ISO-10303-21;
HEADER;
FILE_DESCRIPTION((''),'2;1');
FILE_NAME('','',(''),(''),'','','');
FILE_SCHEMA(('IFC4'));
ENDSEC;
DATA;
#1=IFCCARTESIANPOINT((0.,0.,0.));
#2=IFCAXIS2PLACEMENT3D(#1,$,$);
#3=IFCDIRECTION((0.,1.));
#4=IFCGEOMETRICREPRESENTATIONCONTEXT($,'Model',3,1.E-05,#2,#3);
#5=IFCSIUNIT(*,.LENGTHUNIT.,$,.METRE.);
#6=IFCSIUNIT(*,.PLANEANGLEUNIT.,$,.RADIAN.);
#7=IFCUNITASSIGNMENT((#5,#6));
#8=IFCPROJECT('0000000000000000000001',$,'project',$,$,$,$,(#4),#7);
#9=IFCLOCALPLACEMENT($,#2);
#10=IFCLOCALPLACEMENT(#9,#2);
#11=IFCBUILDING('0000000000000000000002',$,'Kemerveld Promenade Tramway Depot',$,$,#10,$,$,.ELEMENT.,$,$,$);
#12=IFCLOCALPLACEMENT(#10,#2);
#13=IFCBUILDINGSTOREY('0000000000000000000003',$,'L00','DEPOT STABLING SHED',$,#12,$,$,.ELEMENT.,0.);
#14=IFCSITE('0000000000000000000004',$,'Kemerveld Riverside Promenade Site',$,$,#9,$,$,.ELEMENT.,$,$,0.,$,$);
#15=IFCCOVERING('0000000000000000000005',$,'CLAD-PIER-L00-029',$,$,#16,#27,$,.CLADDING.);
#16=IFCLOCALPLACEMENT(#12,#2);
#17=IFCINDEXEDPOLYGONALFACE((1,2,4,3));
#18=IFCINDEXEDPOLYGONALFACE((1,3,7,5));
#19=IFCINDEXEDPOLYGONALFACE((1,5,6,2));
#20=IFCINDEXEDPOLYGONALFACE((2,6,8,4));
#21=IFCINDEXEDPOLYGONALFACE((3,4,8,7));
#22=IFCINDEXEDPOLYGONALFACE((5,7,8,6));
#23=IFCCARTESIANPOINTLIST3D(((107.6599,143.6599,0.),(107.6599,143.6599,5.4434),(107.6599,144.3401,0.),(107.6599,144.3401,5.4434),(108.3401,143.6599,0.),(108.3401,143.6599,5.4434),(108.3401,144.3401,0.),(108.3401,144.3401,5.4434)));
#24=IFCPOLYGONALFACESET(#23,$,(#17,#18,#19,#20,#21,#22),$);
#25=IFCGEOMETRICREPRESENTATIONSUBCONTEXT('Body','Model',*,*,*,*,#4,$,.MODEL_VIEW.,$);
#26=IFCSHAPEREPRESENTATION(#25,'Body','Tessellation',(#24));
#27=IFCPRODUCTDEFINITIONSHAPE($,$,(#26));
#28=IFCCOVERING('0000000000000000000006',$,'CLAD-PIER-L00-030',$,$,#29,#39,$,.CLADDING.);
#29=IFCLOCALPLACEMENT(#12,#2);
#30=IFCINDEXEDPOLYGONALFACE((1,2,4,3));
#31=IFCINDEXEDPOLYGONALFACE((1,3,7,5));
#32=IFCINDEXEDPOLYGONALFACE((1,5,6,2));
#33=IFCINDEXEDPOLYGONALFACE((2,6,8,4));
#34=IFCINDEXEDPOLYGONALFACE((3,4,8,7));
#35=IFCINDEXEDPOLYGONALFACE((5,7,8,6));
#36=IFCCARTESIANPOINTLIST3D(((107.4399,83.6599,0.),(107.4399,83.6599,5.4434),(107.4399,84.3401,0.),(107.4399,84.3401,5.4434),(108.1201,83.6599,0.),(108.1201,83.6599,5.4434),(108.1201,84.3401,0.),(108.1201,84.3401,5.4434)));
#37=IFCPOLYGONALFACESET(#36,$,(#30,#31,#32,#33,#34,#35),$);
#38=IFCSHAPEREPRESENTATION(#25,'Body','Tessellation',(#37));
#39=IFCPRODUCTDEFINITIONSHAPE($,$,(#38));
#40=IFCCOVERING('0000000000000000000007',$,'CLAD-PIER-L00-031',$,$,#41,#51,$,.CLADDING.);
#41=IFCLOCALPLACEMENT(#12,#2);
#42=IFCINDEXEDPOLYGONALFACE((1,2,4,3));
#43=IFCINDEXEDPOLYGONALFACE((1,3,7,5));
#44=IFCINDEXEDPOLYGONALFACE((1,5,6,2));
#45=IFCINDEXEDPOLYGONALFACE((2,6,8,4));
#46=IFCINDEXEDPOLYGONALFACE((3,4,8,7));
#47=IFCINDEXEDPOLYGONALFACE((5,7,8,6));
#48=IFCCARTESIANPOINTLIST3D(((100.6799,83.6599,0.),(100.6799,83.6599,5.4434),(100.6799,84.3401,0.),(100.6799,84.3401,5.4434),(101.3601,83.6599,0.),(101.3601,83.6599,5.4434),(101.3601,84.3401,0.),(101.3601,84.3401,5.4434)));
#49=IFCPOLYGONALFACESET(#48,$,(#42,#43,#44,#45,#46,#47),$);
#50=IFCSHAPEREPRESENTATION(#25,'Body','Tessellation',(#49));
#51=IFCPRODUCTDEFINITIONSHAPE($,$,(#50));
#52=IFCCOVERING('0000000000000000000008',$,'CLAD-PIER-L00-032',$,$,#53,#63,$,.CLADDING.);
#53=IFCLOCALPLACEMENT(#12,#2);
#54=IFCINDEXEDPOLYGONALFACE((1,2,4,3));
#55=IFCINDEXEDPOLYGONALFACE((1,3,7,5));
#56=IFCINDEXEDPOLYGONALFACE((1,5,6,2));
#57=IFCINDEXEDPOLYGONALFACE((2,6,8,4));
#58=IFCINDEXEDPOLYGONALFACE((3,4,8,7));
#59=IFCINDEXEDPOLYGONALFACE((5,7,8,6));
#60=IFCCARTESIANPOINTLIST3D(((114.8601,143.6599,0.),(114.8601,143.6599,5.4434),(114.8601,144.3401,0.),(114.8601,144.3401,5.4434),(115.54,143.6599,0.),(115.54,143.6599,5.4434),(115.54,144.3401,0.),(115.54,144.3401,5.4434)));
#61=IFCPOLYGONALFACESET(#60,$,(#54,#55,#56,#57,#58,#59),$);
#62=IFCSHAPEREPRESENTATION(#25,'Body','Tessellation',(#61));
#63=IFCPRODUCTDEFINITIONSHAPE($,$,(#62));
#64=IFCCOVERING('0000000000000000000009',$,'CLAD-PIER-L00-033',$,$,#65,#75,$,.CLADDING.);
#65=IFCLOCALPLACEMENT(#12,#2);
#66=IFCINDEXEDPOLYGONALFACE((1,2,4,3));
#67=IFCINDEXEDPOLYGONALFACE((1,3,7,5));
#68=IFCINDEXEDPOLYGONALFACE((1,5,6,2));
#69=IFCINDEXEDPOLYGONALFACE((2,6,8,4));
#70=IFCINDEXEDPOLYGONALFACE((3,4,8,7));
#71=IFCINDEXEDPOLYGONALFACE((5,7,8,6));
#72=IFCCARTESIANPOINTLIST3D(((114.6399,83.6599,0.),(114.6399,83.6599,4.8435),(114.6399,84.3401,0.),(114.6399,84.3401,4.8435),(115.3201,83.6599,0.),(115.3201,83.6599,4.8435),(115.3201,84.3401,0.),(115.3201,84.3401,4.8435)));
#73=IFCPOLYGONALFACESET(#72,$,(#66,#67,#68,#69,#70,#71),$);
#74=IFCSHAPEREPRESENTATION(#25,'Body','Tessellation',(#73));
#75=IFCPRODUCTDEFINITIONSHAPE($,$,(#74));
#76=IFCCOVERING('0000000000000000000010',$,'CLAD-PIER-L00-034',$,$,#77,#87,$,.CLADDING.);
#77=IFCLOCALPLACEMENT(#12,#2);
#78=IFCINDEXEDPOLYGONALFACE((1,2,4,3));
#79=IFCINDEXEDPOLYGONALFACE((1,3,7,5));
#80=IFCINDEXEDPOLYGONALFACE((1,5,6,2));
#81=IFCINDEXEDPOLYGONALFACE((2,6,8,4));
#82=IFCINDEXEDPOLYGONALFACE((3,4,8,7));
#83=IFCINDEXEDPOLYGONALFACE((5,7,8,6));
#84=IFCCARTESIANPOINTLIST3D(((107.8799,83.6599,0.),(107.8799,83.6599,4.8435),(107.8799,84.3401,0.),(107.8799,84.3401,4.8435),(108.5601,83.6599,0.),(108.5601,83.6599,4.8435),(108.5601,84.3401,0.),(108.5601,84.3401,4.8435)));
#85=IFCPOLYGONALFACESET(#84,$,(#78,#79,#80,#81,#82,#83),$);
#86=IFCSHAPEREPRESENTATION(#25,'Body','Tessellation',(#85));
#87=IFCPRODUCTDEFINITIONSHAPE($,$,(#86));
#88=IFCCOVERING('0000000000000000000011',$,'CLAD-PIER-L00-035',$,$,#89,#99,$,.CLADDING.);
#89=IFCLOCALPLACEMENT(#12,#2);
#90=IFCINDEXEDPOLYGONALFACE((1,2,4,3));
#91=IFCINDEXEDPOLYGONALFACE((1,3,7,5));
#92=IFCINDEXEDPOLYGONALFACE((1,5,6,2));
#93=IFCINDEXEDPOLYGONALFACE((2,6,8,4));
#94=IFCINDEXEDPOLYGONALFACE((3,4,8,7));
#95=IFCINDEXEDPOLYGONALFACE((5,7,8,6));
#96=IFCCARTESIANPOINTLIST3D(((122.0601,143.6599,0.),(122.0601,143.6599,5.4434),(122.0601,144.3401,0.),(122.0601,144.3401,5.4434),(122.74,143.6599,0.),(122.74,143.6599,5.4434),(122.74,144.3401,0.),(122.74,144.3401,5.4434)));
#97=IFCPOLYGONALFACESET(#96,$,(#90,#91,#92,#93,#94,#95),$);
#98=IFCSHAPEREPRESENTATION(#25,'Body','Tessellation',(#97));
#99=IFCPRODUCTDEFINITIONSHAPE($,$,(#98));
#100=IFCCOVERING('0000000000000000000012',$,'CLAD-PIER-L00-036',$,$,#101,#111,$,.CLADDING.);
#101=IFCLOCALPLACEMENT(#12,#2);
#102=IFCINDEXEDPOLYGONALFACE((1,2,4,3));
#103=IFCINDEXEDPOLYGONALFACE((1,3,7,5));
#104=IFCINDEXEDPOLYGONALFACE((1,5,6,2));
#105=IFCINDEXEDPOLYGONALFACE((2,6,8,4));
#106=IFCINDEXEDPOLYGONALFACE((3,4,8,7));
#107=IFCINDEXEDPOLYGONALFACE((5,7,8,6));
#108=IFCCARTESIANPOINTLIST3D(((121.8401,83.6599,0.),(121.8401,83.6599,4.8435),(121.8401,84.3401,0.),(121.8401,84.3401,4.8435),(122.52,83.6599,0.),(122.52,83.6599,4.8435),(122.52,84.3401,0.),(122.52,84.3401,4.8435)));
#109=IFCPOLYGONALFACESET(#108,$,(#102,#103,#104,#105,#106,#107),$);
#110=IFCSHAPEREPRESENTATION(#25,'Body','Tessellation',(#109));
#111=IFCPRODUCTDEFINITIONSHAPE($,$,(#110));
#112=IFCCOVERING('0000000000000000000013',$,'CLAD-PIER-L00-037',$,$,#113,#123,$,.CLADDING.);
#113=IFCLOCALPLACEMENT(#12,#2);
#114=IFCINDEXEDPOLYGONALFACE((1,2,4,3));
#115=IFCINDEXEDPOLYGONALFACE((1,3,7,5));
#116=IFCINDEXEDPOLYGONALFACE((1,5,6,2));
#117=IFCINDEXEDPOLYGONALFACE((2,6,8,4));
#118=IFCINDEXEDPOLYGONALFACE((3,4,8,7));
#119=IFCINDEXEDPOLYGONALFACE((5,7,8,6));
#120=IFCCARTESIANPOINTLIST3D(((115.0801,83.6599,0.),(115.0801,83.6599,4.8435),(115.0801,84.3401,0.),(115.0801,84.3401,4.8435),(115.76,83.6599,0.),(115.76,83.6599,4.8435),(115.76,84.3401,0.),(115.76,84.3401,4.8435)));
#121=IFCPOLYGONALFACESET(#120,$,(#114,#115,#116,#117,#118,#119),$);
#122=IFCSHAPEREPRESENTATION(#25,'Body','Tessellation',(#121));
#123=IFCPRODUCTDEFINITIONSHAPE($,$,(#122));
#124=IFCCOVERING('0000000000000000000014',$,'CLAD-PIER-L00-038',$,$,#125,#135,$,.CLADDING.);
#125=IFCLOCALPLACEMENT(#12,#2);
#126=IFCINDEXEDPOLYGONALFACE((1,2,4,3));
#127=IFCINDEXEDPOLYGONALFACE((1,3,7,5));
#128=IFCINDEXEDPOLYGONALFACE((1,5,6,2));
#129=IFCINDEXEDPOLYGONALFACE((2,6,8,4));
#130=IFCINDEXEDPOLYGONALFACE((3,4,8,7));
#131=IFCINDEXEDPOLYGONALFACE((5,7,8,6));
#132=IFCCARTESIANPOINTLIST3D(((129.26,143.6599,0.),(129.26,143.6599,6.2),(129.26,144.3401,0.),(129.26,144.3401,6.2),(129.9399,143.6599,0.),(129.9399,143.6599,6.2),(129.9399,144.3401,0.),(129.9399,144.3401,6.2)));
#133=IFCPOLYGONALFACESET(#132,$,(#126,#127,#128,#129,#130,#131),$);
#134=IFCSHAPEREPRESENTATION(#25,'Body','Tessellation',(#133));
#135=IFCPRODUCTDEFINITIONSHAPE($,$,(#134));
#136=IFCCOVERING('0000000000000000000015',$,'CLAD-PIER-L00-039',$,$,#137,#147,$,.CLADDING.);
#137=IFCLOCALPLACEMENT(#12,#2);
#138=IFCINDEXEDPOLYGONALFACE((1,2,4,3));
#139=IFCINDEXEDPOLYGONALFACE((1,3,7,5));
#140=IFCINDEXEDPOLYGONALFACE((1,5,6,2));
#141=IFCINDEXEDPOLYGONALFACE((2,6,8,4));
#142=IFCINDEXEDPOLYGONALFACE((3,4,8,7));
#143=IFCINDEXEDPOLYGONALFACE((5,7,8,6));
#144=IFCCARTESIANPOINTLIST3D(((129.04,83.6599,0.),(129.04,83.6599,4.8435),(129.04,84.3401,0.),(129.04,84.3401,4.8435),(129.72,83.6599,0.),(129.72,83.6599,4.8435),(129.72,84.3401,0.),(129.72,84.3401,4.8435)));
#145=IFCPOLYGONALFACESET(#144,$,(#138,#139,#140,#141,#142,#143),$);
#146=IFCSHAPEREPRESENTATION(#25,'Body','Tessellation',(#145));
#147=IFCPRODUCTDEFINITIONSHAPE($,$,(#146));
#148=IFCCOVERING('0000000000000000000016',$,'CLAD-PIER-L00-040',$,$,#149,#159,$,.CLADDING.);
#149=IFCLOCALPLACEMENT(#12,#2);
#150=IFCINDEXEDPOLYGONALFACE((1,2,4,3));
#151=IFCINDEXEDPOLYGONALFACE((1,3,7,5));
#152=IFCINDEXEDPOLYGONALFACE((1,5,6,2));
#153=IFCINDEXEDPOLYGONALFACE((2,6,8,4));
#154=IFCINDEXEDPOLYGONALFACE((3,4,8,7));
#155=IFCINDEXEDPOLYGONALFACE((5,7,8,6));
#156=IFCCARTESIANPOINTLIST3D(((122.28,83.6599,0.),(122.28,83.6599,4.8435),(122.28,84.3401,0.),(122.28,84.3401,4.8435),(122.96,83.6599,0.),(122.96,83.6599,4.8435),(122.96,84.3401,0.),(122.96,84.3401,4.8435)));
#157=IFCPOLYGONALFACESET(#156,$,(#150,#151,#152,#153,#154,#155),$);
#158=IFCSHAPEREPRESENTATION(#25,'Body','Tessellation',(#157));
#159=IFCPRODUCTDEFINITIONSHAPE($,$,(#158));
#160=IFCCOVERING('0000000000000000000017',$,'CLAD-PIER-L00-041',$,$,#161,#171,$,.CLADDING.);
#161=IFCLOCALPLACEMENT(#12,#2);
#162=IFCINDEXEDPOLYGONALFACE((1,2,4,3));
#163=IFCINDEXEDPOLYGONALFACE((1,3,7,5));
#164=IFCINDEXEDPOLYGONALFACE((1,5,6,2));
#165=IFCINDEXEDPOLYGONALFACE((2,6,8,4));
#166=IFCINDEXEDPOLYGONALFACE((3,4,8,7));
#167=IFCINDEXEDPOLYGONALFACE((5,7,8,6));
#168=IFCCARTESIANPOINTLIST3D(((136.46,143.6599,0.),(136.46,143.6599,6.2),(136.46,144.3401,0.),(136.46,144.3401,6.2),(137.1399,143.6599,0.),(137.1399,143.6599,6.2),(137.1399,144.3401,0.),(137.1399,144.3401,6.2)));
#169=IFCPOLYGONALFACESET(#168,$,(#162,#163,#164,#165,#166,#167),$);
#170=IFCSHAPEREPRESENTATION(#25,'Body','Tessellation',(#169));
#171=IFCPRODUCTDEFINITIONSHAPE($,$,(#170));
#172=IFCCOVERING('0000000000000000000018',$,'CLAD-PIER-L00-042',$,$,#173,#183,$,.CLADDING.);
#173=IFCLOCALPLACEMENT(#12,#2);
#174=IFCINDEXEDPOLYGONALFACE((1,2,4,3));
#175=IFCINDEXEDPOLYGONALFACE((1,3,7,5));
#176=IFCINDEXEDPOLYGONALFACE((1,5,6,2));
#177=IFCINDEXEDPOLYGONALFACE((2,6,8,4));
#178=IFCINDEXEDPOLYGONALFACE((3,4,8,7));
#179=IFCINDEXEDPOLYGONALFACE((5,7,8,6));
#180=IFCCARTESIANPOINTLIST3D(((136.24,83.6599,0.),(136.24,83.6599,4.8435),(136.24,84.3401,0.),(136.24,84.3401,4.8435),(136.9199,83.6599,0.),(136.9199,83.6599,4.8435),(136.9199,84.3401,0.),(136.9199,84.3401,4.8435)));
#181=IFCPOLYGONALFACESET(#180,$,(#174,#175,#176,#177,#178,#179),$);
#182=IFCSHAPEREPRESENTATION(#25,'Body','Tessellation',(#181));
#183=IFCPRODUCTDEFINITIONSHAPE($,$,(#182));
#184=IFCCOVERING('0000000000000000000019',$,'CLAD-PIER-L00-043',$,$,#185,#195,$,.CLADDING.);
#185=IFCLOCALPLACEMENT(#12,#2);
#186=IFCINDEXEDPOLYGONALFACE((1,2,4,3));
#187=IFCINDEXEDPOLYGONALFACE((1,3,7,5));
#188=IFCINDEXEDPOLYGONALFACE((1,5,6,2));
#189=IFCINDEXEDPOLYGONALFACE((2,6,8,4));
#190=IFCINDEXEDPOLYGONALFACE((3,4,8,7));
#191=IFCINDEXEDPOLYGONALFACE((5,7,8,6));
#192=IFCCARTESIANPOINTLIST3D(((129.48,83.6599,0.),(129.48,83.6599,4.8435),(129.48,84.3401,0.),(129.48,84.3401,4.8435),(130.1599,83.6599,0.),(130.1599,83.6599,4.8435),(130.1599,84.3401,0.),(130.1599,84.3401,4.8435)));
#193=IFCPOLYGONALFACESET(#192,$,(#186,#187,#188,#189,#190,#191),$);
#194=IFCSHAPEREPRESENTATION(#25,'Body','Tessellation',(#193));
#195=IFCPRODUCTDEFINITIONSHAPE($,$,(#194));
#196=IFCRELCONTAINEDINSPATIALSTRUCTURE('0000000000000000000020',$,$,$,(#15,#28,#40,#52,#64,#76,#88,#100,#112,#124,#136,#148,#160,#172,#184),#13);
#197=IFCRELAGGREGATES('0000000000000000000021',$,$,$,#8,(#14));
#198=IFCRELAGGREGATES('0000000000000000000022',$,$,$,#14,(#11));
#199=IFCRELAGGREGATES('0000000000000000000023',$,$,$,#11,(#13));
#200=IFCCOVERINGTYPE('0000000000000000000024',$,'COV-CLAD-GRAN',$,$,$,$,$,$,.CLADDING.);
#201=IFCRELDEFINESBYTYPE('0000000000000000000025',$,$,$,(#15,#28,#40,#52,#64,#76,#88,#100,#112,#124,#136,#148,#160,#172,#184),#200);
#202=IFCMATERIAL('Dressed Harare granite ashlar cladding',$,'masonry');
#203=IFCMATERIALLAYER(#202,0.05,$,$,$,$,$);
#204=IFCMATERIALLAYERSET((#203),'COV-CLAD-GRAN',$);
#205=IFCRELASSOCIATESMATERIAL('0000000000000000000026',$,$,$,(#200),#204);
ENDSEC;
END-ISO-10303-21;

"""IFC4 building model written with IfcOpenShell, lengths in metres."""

from ifc_helpers import new_model, si_unit, direction, origin, place, context, subcontext, project, spatial, polyline, outline, extrude, material, layer, layer_set, type_object, element, save


model = new_model("IFC4")

# Units and contexts
model_context = context("Model", 3, precision=1e-05, world=origin(), true_north=direction((0.0, 1.0)))
body_context = subcontext(model_context, "Body", "Model", "MODEL_VIEW")
ifc_project = project(units=[si_unit("LENGTHUNIT", "METRE"), si_unit("PLANEANGLEUNIT", "RADIAN")], contexts=[model_context])

# Site, building, storey
site_placement = place(None, origin())
site = spatial("IfcSite", under=ifc_project, at=site_placement, Name="Kemerveld Riverside Promenade Site", CompositionType="ELEMENT", RefElevation=0.0)
building_placement = place(site_placement, origin())
building = spatial("IfcBuilding", under=site, at=building_placement, Name="Kemerveld Promenade Tramway Depot", CompositionType="ELEMENT")
storey_placement = place(building_placement, origin())
storey = spatial("IfcBuildingStorey", under=building, at=storey_placement, Name="L00", Description="DEPOT STABLING SHED", CompositionType="ELEMENT", Elevation=0.0)

# Coverings
ifc_material = material(Name="Dressed Harare granite ashlar cladding", Category="masonry")
ifc_layer = layer(ifc_material, 0.05)
ifc_layer_set = layer_set([ifc_layer], Name="COV-CLAD-GRAN")
covering_type = type_object("IfcCoveringType", Name="COV-CLAD-GRAN", PredefinedType="CLADDING", material=ifc_layer_set)
covering_1_placement = place(storey_placement, origin())
element("IfcCovering", 1, at=covering_1_placement, inside=storey, type_object=covering_type, Name="CLAD-PIER-L00-029", PredefinedType="CLADDING", context=body_context, shape_type="SweptSolid", body=[
    extrude(outline(polyline([(107.6599, 143.6599), (108.3401, 143.6599), (108.3401, 144.3401), (107.6599, 144.3401), (107.6599, 143.6599)])), origin(), (0.0, 0.0, 1.0), 5.4434),
])
covering_2_placement = place(storey_placement, origin())
element("IfcCovering", 2, at=covering_2_placement, inside=storey, type_object=covering_type, Name="CLAD-PIER-L00-030", PredefinedType="CLADDING", context=body_context, shape_type="SweptSolid", body=[
    extrude(outline(polyline([(107.4399, 83.6599), (108.1201, 83.6599), (108.1201, 84.3401), (107.4399, 84.3401), (107.4399, 83.6599)])), origin(), (0.0, 0.0, 1.0), 5.4434),
])
covering_3_placement = place(storey_placement, origin())
element("IfcCovering", 3, at=covering_3_placement, inside=storey, type_object=covering_type, Name="CLAD-PIER-L00-031", PredefinedType="CLADDING", context=body_context, shape_type="SweptSolid", body=[
    extrude(outline(polyline([(100.6799, 83.6599), (101.3601, 83.6599), (101.3601, 84.3401), (100.6799, 84.3401), (100.6799, 83.6599)])), origin(), (0.0, 0.0, 1.0), 5.4434),
])
covering_4_placement = place(storey_placement, origin())
element("IfcCovering", 4, at=covering_4_placement, inside=storey, type_object=covering_type, Name="CLAD-PIER-L00-032", PredefinedType="CLADDING", context=body_context, shape_type="SweptSolid", body=[
    extrude(outline(polyline([(114.8601, 143.6599), (115.54, 143.6599), (115.54, 144.3401), (114.8601, 144.3401), (114.8601, 143.6599)])), origin(), (0.0, 0.0, 1.0), 5.4434),
])
covering_5_placement = place(storey_placement, origin())
element("IfcCovering", 5, at=covering_5_placement, inside=storey, type_object=covering_type, Name="CLAD-PIER-L00-033", PredefinedType="CLADDING", context=body_context, shape_type="SweptSolid", body=[
    extrude(outline(polyline([(114.6399, 83.6599), (115.3201, 83.6599), (115.3201, 84.3401), (114.6399, 84.3401), (114.6399, 83.6599)])), origin(), (0.0, 0.0, 1.0), 4.8435),
])
covering_6_placement = place(storey_placement, origin())
element("IfcCovering", 6, at=covering_6_placement, inside=storey, type_object=covering_type, Name="CLAD-PIER-L00-034", PredefinedType="CLADDING", context=body_context, shape_type="SweptSolid", body=[
    extrude(outline(polyline([(107.8799, 83.6599), (108.5601, 83.6599), (108.5601, 84.3401), (107.8799, 84.3401), (107.8799, 83.6599)])), origin(), (0.0, 0.0, 1.0), 4.8435),
])
covering_7_placement = place(storey_placement, origin())
element("IfcCovering", 7, at=covering_7_placement, inside=storey, type_object=covering_type, Name="CLAD-PIER-L00-035", PredefinedType="CLADDING", context=body_context, shape_type="SweptSolid", body=[
    extrude(outline(polyline([(122.0601, 143.6599), (122.74, 143.6599), (122.74, 144.3401), (122.0601, 144.3401), (122.0601, 143.6599)])), origin(), (0.0, 0.0, 1.0), 5.4434),
])
covering_8_placement = place(storey_placement, origin())
element("IfcCovering", 8, at=covering_8_placement, inside=storey, type_object=covering_type, Name="CLAD-PIER-L00-036", PredefinedType="CLADDING", context=body_context, shape_type="SweptSolid", body=[
    extrude(outline(polyline([(121.8401, 83.6599), (122.52, 83.6599), (122.52, 84.3401), (121.8401, 84.3401), (121.8401, 83.6599)])), origin(), (0.0, 0.0, 1.0), 4.8435),
])
covering_9_placement = place(storey_placement, origin())
element("IfcCovering", 9, at=covering_9_placement, inside=storey, type_object=covering_type, Name="CLAD-PIER-L00-037", PredefinedType="CLADDING", context=body_context, shape_type="SweptSolid", body=[
    extrude(outline(polyline([(115.0801, 83.6599), (115.76, 83.6599), (115.76, 84.3401), (115.0801, 84.3401), (115.0801, 83.6599)])), origin(), (0.0, 0.0, 1.0), 4.8435),
])
covering_10_placement = place(storey_placement, origin())
element("IfcCovering", 10, at=covering_10_placement, inside=storey, type_object=covering_type, Name="CLAD-PIER-L00-038", PredefinedType="CLADDING", context=body_context, shape_type="SweptSolid", body=[
    extrude(outline(polyline([(129.26, 143.6599), (129.9399, 143.6599), (129.9399, 144.3401), (129.26, 144.3401), (129.26, 143.6599)])), origin(), (0.0, 0.0, 1.0), 6.2),
])
covering_11_placement = place(storey_placement, origin())
element("IfcCovering", 11, at=covering_11_placement, inside=storey, type_object=covering_type, Name="CLAD-PIER-L00-039", PredefinedType="CLADDING", context=body_context, shape_type="SweptSolid", body=[
    extrude(outline(polyline([(129.04, 83.6599), (129.72, 83.6599), (129.72, 84.3401), (129.04, 84.3401), (129.04, 83.6599)])), origin(), (0.0, 0.0, 1.0), 4.8435),
])
covering_12_placement = place(storey_placement, origin())
element("IfcCovering", 12, at=covering_12_placement, inside=storey, type_object=covering_type, Name="CLAD-PIER-L00-040", PredefinedType="CLADDING", context=body_context, shape_type="SweptSolid", body=[
    extrude(outline(polyline([(122.28, 83.6599), (122.96, 83.6599), (122.96, 84.3401), (122.28, 84.3401), (122.28, 83.6599)])), origin(), (0.0, 0.0, 1.0), 4.8435),
])
covering_13_placement = place(storey_placement, origin())
element("IfcCovering", 13, at=covering_13_placement, inside=storey, type_object=covering_type, Name="CLAD-PIER-L00-041", PredefinedType="CLADDING", context=body_context, shape_type="SweptSolid", body=[
    extrude(outline(polyline([(136.46, 143.6599), (137.1399, 143.6599), (137.1399, 144.3401), (136.46, 144.3401), (136.46, 143.6599)])), origin(), (0.0, 0.0, 1.0), 6.2),
])
covering_14_placement = place(storey_placement, origin())
element("IfcCovering", 14, at=covering_14_placement, inside=storey, type_object=covering_type, Name="CLAD-PIER-L00-042", PredefinedType="CLADDING", context=body_context, shape_type="SweptSolid", body=[
    extrude(outline(polyline([(136.24, 83.6599), (136.9199, 83.6599), (136.9199, 84.3401), (136.24, 84.3401), (136.24, 83.6599)])), origin(), (0.0, 0.0, 1.0), 4.8435),
])
covering_15_placement = place(storey_placement, origin())
element("IfcCovering", 15, at=covering_15_placement, inside=storey, type_object=covering_type, Name="CLAD-PIER-L00-043", PredefinedType="CLADDING", context=body_context, shape_type="SweptSolid", body=[
    extrude(outline(polyline([(129.48, 83.6599), (130.1599, 83.6599), (130.1599, 84.3401), (129.48, 84.3401), (129.48, 83.6599)])), origin(), (0.0, 0.0, 1.0), 4.8435),
])

save(model, "model.ifc")
